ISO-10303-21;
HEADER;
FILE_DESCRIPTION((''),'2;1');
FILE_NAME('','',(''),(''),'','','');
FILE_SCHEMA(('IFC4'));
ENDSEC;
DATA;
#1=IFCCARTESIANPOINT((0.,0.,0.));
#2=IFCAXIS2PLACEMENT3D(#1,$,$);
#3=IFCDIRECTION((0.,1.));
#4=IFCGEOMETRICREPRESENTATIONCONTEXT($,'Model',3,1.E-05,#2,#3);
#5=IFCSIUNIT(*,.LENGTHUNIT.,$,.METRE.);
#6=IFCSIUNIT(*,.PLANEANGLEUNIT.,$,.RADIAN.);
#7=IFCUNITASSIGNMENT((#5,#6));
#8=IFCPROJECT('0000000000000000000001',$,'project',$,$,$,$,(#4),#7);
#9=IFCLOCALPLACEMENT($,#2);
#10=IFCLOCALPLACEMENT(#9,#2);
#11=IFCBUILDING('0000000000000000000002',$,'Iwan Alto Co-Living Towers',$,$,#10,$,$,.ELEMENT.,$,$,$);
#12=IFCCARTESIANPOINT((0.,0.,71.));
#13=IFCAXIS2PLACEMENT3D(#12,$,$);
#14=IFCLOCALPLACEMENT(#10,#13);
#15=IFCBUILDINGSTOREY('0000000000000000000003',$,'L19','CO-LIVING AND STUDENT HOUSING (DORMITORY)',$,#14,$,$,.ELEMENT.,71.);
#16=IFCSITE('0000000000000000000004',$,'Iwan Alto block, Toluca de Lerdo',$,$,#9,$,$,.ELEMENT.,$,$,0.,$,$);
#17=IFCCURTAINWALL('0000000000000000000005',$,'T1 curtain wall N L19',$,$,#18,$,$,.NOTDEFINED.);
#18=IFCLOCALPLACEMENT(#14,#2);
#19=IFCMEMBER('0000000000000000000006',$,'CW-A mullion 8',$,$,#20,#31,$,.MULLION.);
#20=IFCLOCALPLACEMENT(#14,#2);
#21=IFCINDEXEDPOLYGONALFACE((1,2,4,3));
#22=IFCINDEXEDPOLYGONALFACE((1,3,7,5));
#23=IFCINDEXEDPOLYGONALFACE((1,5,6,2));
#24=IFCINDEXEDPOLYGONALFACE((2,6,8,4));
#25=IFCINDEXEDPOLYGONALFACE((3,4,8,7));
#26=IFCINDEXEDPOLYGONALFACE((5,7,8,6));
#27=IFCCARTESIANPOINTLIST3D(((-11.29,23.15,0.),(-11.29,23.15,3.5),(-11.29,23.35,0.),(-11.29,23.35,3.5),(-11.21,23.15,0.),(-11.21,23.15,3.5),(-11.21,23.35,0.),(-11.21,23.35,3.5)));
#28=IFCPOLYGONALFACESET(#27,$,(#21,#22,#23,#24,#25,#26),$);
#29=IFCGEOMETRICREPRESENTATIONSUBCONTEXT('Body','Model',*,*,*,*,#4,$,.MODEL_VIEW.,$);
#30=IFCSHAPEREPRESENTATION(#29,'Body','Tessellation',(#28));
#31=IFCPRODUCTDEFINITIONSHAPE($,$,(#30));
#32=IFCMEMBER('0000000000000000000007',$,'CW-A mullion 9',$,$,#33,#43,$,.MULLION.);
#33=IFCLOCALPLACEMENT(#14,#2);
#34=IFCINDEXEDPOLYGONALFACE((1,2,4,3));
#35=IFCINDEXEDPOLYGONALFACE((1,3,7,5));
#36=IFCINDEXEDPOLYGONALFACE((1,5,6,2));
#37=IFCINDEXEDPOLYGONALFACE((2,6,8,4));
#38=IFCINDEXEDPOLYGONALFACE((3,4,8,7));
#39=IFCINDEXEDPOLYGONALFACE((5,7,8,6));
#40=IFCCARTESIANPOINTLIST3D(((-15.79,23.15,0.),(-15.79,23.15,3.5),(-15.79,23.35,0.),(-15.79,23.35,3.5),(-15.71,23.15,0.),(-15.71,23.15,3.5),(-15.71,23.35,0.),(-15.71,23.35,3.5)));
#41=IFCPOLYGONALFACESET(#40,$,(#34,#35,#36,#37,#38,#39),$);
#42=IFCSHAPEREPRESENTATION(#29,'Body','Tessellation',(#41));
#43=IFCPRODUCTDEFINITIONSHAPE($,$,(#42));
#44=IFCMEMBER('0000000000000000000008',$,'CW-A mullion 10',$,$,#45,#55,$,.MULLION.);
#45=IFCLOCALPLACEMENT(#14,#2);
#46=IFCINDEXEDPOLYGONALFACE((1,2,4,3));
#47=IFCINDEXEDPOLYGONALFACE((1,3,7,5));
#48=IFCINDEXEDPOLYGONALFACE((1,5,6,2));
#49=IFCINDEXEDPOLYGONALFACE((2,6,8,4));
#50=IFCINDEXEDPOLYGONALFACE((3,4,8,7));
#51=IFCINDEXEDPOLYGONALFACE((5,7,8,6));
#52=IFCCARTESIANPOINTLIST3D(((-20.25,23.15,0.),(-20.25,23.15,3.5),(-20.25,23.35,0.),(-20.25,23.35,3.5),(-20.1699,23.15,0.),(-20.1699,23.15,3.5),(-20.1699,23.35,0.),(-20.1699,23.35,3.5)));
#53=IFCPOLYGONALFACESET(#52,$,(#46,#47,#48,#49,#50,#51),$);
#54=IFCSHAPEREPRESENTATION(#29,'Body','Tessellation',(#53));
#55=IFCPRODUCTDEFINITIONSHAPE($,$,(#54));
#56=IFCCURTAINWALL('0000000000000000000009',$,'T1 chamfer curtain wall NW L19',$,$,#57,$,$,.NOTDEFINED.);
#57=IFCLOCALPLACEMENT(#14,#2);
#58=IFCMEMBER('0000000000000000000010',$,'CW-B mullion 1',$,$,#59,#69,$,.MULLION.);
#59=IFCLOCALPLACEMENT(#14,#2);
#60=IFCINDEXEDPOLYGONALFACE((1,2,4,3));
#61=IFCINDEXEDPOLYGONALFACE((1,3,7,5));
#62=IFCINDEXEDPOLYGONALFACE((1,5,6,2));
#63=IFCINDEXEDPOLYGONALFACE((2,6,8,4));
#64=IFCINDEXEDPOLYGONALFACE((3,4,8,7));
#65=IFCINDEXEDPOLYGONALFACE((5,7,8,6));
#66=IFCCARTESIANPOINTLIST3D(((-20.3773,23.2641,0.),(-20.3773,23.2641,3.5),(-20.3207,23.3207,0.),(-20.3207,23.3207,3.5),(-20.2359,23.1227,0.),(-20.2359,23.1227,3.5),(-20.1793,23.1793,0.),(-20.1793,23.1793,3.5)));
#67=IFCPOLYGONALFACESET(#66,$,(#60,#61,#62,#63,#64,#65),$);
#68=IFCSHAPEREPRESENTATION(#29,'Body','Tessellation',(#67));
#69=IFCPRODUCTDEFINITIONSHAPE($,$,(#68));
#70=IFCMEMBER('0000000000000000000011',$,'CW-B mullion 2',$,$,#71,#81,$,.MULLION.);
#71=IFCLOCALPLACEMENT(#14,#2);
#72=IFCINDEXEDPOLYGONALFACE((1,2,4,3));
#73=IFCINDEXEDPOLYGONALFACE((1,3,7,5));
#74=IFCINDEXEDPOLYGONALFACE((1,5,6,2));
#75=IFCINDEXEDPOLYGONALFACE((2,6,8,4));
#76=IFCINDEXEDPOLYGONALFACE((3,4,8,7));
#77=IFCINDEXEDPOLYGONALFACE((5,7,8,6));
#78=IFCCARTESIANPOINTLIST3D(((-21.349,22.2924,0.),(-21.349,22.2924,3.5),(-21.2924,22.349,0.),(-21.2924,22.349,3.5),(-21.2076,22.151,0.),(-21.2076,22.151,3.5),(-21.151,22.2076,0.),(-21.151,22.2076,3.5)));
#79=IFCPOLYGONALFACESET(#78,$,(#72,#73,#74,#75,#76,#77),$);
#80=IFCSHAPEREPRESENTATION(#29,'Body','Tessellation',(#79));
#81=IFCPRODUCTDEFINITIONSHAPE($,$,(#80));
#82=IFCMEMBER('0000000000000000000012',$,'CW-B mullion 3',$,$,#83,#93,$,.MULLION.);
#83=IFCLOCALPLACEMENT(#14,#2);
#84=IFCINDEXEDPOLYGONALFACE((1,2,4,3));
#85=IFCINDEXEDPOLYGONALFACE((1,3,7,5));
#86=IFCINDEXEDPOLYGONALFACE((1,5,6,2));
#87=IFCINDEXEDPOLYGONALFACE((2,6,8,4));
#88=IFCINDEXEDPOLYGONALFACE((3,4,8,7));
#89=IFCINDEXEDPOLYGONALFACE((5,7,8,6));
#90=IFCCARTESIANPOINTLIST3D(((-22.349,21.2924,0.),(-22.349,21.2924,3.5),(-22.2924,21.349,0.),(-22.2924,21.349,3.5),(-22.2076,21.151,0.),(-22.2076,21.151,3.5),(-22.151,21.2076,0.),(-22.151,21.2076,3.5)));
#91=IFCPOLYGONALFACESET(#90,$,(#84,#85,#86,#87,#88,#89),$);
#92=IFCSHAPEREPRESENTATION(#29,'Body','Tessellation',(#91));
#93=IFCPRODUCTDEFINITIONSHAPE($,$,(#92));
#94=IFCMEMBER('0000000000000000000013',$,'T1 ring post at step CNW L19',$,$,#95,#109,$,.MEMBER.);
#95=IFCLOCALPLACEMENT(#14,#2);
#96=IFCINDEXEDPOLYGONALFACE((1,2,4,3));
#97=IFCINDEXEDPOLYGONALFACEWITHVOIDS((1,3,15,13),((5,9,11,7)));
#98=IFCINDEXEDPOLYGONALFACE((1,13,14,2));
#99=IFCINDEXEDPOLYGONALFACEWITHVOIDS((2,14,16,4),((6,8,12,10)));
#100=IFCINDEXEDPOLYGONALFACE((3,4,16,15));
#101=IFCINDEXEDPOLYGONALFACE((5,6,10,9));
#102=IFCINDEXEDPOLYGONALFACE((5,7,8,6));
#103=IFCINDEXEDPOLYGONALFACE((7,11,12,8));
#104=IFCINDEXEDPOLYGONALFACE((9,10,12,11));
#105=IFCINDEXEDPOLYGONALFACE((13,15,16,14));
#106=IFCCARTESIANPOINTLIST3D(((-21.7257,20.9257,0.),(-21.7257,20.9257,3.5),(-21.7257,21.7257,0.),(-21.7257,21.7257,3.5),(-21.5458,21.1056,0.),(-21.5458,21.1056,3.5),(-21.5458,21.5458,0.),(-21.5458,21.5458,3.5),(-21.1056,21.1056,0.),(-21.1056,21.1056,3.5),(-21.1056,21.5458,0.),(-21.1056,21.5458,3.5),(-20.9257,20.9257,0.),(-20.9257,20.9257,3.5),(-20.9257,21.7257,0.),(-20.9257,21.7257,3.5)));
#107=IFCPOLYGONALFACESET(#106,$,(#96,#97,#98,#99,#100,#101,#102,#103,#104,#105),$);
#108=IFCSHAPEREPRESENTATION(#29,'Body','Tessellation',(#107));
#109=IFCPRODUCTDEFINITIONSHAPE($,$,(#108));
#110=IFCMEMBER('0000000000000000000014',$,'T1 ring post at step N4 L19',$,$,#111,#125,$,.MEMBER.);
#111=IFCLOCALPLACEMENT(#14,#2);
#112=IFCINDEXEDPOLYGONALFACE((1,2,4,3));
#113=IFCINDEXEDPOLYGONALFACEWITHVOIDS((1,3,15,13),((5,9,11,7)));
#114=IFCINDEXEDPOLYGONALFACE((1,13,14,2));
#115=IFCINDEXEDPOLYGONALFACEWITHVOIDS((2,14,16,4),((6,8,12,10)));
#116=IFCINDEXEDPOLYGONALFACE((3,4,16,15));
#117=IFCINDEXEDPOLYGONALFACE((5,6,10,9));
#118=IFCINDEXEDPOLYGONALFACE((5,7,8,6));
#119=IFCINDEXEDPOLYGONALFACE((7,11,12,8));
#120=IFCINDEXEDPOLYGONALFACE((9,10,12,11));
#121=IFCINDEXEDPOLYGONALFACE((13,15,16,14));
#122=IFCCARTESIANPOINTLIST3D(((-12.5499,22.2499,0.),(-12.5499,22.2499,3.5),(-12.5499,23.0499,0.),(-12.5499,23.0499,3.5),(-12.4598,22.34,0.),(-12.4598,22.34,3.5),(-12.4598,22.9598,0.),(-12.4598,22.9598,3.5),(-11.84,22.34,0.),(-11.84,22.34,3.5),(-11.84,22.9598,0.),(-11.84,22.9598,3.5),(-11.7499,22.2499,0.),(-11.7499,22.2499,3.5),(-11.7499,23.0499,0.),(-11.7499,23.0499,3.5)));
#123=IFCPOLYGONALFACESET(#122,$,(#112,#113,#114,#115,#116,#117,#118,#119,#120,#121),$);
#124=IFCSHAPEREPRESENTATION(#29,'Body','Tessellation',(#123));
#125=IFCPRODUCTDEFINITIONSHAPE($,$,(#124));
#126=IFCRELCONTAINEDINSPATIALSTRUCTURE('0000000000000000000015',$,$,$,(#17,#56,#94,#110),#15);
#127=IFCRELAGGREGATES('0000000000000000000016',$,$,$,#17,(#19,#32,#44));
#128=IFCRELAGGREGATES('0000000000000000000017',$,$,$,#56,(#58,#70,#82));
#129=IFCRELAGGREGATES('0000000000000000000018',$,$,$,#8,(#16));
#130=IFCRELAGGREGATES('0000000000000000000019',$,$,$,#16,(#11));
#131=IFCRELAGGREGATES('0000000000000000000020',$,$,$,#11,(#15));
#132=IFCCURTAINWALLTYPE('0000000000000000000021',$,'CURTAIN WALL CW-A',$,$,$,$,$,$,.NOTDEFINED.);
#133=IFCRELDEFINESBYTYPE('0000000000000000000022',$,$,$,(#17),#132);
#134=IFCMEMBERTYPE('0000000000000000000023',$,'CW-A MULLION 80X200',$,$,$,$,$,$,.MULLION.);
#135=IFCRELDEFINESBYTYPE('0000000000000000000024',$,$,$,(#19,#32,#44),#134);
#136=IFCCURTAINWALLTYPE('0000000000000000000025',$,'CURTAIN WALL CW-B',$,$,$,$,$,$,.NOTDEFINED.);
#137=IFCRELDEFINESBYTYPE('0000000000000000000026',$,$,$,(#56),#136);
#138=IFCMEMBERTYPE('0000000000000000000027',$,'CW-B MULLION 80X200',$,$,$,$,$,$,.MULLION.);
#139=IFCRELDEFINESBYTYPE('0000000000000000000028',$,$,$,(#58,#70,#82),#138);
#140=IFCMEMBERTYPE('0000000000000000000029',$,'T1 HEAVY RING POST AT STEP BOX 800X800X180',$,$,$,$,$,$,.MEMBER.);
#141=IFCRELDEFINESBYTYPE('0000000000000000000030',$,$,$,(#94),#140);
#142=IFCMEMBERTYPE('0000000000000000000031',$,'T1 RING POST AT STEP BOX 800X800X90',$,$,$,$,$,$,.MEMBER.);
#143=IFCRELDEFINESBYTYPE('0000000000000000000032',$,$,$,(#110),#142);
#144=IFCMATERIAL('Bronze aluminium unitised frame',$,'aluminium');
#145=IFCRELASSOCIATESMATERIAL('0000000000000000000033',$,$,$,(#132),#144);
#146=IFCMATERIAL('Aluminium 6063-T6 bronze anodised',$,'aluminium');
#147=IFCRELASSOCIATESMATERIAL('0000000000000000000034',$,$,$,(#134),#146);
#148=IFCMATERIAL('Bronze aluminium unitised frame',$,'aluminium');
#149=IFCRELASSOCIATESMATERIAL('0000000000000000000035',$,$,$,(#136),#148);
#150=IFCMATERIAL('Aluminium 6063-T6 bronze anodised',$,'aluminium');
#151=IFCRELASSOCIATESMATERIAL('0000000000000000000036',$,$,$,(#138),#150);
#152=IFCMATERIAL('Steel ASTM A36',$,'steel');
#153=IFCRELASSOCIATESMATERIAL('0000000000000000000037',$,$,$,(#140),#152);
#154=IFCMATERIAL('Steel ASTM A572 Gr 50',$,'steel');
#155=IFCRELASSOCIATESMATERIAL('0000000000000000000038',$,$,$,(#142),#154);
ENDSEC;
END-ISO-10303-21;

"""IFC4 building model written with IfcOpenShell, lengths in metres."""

from ifc_helpers import new_model, si_unit, direction, frame, origin, origin_2d, place, context, subcontext, project, spatial, rectangle, hollow_rectangle, extrude, material, material_profile, profile_set, type_object, element, aggregate, save


model = new_model("IFC4")

# Units and contexts
model_context = context("Model", 3, precision=1e-05, world=origin(), true_north=direction((0.0, 1.0)))
body_context = subcontext(model_context, "Body", "Model", "MODEL_VIEW")
ifc_project = project(units=[si_unit("LENGTHUNIT", "METRE"), si_unit("PLANEANGLEUNIT", "RADIAN")], contexts=[model_context])

# Site, building, storey
site_placement = place(None, origin())
site = spatial("IfcSite", under=ifc_project, at=site_placement, Name="Iwan Alto block, Toluca de Lerdo", CompositionType="ELEMENT", RefElevation=0.0)
building_placement = place(site_placement, origin())
building = spatial("IfcBuilding", under=site, at=building_placement, Name="Iwan Alto Co-Living Towers", CompositionType="ELEMENT")
storey_placement = place(building_placement, frame((0.0, 0.0, 71.0)))
storey = spatial("IfcBuildingStorey", under=building, at=storey_placement, Name="L19", Description="CO-LIVING AND STUDENT HOUSING (DORMITORY)", CompositionType="ELEMENT", Elevation=71.0)

# Curtain walls, members
ifc_material_1 = material(Name="Bronze aluminium unitised frame", Category="aluminium")
curtain_wall_type_1 = type_object("IfcCurtainWallType", Name="CURTAIN WALL CW-A", PredefinedType="NOTDEFINED", material=ifc_material_1)
curtain_wall_1_placement = place(storey_placement, origin())
curtain_wall_1 = element("IfcCurtainWall", 1, at=curtain_wall_1_placement, inside=storey, type_object=curtain_wall_type_1, Name="T1 curtain wall N L19", PredefinedType="NOTDEFINED")
ifc_material_2 = material(Name="Aluminium 6063-T6 bronze anodised", Category="aluminium")
ifc_material_profile_1 = material_profile(ifc_material_2, rectangle(XDim=0.2, YDim=0.0801, at=origin_2d()), Name="AL 80X200")
ifc_profile_set_1 = profile_set([ifc_material_profile_1], Name="Aluminium 6063-T6 bronze anodised")
member_type_1 = type_object("IfcMemberType", Name="CW-A MULLION 80X200", PredefinedType="MULLION", material=ifc_profile_set_1)
member_1_placement = place(storey_placement, frame((-11.25, 23.25, 0.0), z_axis=(0.0, 0.0, 1.0), x_axis=(0.0, -1.0, 0.0)))
member_1 = element("IfcMember", 2, at=member_1_placement, type_object=member_type_1, Name="CW-A mullion 8", PredefinedType="MULLION", context=body_context, shape_type="SweptSolid", body=[
    extrude(rectangle(XDim=0.2, YDim=0.0801, at=origin_2d()), origin(), (0.0, 0.0, 1.0), 3.5),
])
member_2_placement = place(storey_placement, frame((-15.75, 23.25, 0.0), z_axis=(0.0, 0.0, 1.0), x_axis=(0.0, -1.0, 0.0)))
member_2 = element("IfcMember", 3, at=member_2_placement, type_object=member_type_1, Name="CW-A mullion 9", PredefinedType="MULLION", context=body_context, shape_type="SweptSolid", body=[
    extrude(rectangle(XDim=0.2, YDim=0.0801, at=origin_2d()), origin(), (0.0, 0.0, 1.0), 3.5),
])
member_3_placement = place(storey_placement, frame((-20.21, 23.25, 0.0), z_axis=(0.0, 0.0, 1.0), x_axis=(0.0, -1.0, 0.0)))
member_3 = element("IfcMember", 4, at=member_3_placement, type_object=member_type_1, Name="CW-A mullion 10", PredefinedType="MULLION", context=body_context, shape_type="SweptSolid", body=[
    extrude(rectangle(XDim=0.2, YDim=0.0801, at=origin_2d()), origin(), (0.0, 0.0, 1.0), 3.5),
])
aggregate(curtain_wall_1, [member_1, member_2, member_3])
ifc_material_3 = material(Name="Bronze aluminium unitised frame", Category="aluminium")
curtain_wall_type_2 = type_object("IfcCurtainWallType", Name="CURTAIN WALL CW-B", PredefinedType="NOTDEFINED", material=ifc_material_3)
curtain_wall_2_placement = place(storey_placement, origin())
curtain_wall_2 = element("IfcCurtainWall", 5, at=curtain_wall_2_placement, inside=storey, type_object=curtain_wall_type_2, Name="T1 chamfer curtain wall NW L19", PredefinedType="NOTDEFINED")
ifc_material_4 = material(Name="Aluminium 6063-T6 bronze anodised", Category="aluminium")
ifc_material_profile_2 = material_profile(ifc_material_4, rectangle(XDim=0.2, YDim=0.0801, at=origin_2d()), Name="AL 80X200")
ifc_profile_set_2 = profile_set([ifc_material_profile_2], Name="Aluminium 6063-T6 bronze anodised")
member_type_2 = type_object("IfcMemberType", Name="CW-B MULLION 80X200", PredefinedType="MULLION", material=ifc_profile_set_2)
member_4_placement = place(storey_placement, frame((-20.2783, 23.2217, 0.0), z_axis=(0.0, 0.0, 1.0), x_axis=(0.707107, -0.707107, 0.0)))
member_4 = element("IfcMember", 6, at=member_4_placement, type_object=member_type_2, Name="CW-B mullion 1", PredefinedType="MULLION", context=body_context, shape_type="SweptSolid", body=[
    extrude(rectangle(XDim=0.2, YDim=0.0801, at=origin_2d()), origin(), (0.0, 0.0, 1.0), 3.5),
])
member_5_placement = place(storey_placement, frame((-21.25, 22.25, 0.0), z_axis=(0.0, 0.0, 1.0), x_axis=(0.707107, -0.707107, 0.0)))
member_5 = element("IfcMember", 7, at=member_5_placement, type_object=member_type_2, Name="CW-B mullion 2", PredefinedType="MULLION", context=body_context, shape_type="SweptSolid", body=[
    extrude(rectangle(XDim=0.2, YDim=0.0801, at=origin_2d()), origin(), (0.0, 0.0, 1.0), 3.5),
])
member_6_placement = place(storey_placement, frame((-22.25, 21.25, 0.0), z_axis=(0.0, 0.0, 1.0), x_axis=(0.707107, -0.707107, 0.0)))
member_6 = element("IfcMember", 8, at=member_6_placement, type_object=member_type_2, Name="CW-B mullion 3", PredefinedType="MULLION", context=body_context, shape_type="SweptSolid", body=[
    extrude(rectangle(XDim=0.2, YDim=0.0801, at=origin_2d()), origin(), (0.0, 0.0, 1.0), 3.5),
])
aggregate(curtain_wall_2, [member_4, member_5, member_6])

# Members
ifc_material_5 = material(Name="Steel ASTM A36", Category="steel")
ifc_material_profile_3 = material_profile(ifc_material_5, hollow_rectangle(XDim=0.8, YDim=0.8, WallThickness=0.1799, at=origin_2d()), Name="BOX 800X800X180")
ifc_profile_set_3 = profile_set([ifc_material_profile_3], Name="Steel ASTM A36")
member_type_3 = type_object("IfcMemberType", Name="T1 HEAVY RING POST AT STEP BOX 800X800X180", PredefinedType="MEMBER", material=ifc_profile_set_3)
member_7_placement = place(storey_placement, frame((-21.3257, 21.3257, 0.0), z_axis=(0.0, 0.0, 1.0), x_axis=(1.0, 0.0, 0.0)))
element("IfcMember", 9, at=member_7_placement, inside=storey, type_object=member_type_3, Name="T1 ring post at step CNW L19", PredefinedType="MEMBER", context=body_context, shape_type="SweptSolid", body=[
    extrude(hollow_rectangle(XDim=0.8, YDim=0.8, WallThickness=0.1799, at=origin_2d()), origin(), (0.0, 0.0, 1.0), 3.5),
])
ifc_material_6 = material(Name="Steel ASTM A572 Gr 50", Category="steel")
ifc_material_profile_4 = material_profile(ifc_material_6, hollow_rectangle(XDim=0.8, YDim=0.8, WallThickness=0.0901, at=origin_2d()), Name="BOX 800X800X90")
ifc_profile_set_4 = profile_set([ifc_material_profile_4], Name="Steel ASTM A572 Gr 50")
member_type_4 = type_object("IfcMemberType", Name="T1 RING POST AT STEP BOX 800X800X90", PredefinedType="MEMBER", material=ifc_profile_set_4)
member_8_placement = place(storey_placement, frame((-12.1499, 22.6499, 0.0), z_axis=(0.0, 0.0, 1.0), x_axis=(1.0, 0.0, 0.0)))
element("IfcMember", 10, at=member_8_placement, inside=storey, type_object=member_type_4, Name="T1 ring post at step N4 L19", PredefinedType="MEMBER", context=body_context, shape_type="SweptSolid", body=[
    extrude(hollow_rectangle(XDim=0.8, YDim=0.8, WallThickness=0.0901, at=origin_2d()), origin(), (0.0, 0.0, 1.0), 3.5),
])

save(model, "model.ifc")
